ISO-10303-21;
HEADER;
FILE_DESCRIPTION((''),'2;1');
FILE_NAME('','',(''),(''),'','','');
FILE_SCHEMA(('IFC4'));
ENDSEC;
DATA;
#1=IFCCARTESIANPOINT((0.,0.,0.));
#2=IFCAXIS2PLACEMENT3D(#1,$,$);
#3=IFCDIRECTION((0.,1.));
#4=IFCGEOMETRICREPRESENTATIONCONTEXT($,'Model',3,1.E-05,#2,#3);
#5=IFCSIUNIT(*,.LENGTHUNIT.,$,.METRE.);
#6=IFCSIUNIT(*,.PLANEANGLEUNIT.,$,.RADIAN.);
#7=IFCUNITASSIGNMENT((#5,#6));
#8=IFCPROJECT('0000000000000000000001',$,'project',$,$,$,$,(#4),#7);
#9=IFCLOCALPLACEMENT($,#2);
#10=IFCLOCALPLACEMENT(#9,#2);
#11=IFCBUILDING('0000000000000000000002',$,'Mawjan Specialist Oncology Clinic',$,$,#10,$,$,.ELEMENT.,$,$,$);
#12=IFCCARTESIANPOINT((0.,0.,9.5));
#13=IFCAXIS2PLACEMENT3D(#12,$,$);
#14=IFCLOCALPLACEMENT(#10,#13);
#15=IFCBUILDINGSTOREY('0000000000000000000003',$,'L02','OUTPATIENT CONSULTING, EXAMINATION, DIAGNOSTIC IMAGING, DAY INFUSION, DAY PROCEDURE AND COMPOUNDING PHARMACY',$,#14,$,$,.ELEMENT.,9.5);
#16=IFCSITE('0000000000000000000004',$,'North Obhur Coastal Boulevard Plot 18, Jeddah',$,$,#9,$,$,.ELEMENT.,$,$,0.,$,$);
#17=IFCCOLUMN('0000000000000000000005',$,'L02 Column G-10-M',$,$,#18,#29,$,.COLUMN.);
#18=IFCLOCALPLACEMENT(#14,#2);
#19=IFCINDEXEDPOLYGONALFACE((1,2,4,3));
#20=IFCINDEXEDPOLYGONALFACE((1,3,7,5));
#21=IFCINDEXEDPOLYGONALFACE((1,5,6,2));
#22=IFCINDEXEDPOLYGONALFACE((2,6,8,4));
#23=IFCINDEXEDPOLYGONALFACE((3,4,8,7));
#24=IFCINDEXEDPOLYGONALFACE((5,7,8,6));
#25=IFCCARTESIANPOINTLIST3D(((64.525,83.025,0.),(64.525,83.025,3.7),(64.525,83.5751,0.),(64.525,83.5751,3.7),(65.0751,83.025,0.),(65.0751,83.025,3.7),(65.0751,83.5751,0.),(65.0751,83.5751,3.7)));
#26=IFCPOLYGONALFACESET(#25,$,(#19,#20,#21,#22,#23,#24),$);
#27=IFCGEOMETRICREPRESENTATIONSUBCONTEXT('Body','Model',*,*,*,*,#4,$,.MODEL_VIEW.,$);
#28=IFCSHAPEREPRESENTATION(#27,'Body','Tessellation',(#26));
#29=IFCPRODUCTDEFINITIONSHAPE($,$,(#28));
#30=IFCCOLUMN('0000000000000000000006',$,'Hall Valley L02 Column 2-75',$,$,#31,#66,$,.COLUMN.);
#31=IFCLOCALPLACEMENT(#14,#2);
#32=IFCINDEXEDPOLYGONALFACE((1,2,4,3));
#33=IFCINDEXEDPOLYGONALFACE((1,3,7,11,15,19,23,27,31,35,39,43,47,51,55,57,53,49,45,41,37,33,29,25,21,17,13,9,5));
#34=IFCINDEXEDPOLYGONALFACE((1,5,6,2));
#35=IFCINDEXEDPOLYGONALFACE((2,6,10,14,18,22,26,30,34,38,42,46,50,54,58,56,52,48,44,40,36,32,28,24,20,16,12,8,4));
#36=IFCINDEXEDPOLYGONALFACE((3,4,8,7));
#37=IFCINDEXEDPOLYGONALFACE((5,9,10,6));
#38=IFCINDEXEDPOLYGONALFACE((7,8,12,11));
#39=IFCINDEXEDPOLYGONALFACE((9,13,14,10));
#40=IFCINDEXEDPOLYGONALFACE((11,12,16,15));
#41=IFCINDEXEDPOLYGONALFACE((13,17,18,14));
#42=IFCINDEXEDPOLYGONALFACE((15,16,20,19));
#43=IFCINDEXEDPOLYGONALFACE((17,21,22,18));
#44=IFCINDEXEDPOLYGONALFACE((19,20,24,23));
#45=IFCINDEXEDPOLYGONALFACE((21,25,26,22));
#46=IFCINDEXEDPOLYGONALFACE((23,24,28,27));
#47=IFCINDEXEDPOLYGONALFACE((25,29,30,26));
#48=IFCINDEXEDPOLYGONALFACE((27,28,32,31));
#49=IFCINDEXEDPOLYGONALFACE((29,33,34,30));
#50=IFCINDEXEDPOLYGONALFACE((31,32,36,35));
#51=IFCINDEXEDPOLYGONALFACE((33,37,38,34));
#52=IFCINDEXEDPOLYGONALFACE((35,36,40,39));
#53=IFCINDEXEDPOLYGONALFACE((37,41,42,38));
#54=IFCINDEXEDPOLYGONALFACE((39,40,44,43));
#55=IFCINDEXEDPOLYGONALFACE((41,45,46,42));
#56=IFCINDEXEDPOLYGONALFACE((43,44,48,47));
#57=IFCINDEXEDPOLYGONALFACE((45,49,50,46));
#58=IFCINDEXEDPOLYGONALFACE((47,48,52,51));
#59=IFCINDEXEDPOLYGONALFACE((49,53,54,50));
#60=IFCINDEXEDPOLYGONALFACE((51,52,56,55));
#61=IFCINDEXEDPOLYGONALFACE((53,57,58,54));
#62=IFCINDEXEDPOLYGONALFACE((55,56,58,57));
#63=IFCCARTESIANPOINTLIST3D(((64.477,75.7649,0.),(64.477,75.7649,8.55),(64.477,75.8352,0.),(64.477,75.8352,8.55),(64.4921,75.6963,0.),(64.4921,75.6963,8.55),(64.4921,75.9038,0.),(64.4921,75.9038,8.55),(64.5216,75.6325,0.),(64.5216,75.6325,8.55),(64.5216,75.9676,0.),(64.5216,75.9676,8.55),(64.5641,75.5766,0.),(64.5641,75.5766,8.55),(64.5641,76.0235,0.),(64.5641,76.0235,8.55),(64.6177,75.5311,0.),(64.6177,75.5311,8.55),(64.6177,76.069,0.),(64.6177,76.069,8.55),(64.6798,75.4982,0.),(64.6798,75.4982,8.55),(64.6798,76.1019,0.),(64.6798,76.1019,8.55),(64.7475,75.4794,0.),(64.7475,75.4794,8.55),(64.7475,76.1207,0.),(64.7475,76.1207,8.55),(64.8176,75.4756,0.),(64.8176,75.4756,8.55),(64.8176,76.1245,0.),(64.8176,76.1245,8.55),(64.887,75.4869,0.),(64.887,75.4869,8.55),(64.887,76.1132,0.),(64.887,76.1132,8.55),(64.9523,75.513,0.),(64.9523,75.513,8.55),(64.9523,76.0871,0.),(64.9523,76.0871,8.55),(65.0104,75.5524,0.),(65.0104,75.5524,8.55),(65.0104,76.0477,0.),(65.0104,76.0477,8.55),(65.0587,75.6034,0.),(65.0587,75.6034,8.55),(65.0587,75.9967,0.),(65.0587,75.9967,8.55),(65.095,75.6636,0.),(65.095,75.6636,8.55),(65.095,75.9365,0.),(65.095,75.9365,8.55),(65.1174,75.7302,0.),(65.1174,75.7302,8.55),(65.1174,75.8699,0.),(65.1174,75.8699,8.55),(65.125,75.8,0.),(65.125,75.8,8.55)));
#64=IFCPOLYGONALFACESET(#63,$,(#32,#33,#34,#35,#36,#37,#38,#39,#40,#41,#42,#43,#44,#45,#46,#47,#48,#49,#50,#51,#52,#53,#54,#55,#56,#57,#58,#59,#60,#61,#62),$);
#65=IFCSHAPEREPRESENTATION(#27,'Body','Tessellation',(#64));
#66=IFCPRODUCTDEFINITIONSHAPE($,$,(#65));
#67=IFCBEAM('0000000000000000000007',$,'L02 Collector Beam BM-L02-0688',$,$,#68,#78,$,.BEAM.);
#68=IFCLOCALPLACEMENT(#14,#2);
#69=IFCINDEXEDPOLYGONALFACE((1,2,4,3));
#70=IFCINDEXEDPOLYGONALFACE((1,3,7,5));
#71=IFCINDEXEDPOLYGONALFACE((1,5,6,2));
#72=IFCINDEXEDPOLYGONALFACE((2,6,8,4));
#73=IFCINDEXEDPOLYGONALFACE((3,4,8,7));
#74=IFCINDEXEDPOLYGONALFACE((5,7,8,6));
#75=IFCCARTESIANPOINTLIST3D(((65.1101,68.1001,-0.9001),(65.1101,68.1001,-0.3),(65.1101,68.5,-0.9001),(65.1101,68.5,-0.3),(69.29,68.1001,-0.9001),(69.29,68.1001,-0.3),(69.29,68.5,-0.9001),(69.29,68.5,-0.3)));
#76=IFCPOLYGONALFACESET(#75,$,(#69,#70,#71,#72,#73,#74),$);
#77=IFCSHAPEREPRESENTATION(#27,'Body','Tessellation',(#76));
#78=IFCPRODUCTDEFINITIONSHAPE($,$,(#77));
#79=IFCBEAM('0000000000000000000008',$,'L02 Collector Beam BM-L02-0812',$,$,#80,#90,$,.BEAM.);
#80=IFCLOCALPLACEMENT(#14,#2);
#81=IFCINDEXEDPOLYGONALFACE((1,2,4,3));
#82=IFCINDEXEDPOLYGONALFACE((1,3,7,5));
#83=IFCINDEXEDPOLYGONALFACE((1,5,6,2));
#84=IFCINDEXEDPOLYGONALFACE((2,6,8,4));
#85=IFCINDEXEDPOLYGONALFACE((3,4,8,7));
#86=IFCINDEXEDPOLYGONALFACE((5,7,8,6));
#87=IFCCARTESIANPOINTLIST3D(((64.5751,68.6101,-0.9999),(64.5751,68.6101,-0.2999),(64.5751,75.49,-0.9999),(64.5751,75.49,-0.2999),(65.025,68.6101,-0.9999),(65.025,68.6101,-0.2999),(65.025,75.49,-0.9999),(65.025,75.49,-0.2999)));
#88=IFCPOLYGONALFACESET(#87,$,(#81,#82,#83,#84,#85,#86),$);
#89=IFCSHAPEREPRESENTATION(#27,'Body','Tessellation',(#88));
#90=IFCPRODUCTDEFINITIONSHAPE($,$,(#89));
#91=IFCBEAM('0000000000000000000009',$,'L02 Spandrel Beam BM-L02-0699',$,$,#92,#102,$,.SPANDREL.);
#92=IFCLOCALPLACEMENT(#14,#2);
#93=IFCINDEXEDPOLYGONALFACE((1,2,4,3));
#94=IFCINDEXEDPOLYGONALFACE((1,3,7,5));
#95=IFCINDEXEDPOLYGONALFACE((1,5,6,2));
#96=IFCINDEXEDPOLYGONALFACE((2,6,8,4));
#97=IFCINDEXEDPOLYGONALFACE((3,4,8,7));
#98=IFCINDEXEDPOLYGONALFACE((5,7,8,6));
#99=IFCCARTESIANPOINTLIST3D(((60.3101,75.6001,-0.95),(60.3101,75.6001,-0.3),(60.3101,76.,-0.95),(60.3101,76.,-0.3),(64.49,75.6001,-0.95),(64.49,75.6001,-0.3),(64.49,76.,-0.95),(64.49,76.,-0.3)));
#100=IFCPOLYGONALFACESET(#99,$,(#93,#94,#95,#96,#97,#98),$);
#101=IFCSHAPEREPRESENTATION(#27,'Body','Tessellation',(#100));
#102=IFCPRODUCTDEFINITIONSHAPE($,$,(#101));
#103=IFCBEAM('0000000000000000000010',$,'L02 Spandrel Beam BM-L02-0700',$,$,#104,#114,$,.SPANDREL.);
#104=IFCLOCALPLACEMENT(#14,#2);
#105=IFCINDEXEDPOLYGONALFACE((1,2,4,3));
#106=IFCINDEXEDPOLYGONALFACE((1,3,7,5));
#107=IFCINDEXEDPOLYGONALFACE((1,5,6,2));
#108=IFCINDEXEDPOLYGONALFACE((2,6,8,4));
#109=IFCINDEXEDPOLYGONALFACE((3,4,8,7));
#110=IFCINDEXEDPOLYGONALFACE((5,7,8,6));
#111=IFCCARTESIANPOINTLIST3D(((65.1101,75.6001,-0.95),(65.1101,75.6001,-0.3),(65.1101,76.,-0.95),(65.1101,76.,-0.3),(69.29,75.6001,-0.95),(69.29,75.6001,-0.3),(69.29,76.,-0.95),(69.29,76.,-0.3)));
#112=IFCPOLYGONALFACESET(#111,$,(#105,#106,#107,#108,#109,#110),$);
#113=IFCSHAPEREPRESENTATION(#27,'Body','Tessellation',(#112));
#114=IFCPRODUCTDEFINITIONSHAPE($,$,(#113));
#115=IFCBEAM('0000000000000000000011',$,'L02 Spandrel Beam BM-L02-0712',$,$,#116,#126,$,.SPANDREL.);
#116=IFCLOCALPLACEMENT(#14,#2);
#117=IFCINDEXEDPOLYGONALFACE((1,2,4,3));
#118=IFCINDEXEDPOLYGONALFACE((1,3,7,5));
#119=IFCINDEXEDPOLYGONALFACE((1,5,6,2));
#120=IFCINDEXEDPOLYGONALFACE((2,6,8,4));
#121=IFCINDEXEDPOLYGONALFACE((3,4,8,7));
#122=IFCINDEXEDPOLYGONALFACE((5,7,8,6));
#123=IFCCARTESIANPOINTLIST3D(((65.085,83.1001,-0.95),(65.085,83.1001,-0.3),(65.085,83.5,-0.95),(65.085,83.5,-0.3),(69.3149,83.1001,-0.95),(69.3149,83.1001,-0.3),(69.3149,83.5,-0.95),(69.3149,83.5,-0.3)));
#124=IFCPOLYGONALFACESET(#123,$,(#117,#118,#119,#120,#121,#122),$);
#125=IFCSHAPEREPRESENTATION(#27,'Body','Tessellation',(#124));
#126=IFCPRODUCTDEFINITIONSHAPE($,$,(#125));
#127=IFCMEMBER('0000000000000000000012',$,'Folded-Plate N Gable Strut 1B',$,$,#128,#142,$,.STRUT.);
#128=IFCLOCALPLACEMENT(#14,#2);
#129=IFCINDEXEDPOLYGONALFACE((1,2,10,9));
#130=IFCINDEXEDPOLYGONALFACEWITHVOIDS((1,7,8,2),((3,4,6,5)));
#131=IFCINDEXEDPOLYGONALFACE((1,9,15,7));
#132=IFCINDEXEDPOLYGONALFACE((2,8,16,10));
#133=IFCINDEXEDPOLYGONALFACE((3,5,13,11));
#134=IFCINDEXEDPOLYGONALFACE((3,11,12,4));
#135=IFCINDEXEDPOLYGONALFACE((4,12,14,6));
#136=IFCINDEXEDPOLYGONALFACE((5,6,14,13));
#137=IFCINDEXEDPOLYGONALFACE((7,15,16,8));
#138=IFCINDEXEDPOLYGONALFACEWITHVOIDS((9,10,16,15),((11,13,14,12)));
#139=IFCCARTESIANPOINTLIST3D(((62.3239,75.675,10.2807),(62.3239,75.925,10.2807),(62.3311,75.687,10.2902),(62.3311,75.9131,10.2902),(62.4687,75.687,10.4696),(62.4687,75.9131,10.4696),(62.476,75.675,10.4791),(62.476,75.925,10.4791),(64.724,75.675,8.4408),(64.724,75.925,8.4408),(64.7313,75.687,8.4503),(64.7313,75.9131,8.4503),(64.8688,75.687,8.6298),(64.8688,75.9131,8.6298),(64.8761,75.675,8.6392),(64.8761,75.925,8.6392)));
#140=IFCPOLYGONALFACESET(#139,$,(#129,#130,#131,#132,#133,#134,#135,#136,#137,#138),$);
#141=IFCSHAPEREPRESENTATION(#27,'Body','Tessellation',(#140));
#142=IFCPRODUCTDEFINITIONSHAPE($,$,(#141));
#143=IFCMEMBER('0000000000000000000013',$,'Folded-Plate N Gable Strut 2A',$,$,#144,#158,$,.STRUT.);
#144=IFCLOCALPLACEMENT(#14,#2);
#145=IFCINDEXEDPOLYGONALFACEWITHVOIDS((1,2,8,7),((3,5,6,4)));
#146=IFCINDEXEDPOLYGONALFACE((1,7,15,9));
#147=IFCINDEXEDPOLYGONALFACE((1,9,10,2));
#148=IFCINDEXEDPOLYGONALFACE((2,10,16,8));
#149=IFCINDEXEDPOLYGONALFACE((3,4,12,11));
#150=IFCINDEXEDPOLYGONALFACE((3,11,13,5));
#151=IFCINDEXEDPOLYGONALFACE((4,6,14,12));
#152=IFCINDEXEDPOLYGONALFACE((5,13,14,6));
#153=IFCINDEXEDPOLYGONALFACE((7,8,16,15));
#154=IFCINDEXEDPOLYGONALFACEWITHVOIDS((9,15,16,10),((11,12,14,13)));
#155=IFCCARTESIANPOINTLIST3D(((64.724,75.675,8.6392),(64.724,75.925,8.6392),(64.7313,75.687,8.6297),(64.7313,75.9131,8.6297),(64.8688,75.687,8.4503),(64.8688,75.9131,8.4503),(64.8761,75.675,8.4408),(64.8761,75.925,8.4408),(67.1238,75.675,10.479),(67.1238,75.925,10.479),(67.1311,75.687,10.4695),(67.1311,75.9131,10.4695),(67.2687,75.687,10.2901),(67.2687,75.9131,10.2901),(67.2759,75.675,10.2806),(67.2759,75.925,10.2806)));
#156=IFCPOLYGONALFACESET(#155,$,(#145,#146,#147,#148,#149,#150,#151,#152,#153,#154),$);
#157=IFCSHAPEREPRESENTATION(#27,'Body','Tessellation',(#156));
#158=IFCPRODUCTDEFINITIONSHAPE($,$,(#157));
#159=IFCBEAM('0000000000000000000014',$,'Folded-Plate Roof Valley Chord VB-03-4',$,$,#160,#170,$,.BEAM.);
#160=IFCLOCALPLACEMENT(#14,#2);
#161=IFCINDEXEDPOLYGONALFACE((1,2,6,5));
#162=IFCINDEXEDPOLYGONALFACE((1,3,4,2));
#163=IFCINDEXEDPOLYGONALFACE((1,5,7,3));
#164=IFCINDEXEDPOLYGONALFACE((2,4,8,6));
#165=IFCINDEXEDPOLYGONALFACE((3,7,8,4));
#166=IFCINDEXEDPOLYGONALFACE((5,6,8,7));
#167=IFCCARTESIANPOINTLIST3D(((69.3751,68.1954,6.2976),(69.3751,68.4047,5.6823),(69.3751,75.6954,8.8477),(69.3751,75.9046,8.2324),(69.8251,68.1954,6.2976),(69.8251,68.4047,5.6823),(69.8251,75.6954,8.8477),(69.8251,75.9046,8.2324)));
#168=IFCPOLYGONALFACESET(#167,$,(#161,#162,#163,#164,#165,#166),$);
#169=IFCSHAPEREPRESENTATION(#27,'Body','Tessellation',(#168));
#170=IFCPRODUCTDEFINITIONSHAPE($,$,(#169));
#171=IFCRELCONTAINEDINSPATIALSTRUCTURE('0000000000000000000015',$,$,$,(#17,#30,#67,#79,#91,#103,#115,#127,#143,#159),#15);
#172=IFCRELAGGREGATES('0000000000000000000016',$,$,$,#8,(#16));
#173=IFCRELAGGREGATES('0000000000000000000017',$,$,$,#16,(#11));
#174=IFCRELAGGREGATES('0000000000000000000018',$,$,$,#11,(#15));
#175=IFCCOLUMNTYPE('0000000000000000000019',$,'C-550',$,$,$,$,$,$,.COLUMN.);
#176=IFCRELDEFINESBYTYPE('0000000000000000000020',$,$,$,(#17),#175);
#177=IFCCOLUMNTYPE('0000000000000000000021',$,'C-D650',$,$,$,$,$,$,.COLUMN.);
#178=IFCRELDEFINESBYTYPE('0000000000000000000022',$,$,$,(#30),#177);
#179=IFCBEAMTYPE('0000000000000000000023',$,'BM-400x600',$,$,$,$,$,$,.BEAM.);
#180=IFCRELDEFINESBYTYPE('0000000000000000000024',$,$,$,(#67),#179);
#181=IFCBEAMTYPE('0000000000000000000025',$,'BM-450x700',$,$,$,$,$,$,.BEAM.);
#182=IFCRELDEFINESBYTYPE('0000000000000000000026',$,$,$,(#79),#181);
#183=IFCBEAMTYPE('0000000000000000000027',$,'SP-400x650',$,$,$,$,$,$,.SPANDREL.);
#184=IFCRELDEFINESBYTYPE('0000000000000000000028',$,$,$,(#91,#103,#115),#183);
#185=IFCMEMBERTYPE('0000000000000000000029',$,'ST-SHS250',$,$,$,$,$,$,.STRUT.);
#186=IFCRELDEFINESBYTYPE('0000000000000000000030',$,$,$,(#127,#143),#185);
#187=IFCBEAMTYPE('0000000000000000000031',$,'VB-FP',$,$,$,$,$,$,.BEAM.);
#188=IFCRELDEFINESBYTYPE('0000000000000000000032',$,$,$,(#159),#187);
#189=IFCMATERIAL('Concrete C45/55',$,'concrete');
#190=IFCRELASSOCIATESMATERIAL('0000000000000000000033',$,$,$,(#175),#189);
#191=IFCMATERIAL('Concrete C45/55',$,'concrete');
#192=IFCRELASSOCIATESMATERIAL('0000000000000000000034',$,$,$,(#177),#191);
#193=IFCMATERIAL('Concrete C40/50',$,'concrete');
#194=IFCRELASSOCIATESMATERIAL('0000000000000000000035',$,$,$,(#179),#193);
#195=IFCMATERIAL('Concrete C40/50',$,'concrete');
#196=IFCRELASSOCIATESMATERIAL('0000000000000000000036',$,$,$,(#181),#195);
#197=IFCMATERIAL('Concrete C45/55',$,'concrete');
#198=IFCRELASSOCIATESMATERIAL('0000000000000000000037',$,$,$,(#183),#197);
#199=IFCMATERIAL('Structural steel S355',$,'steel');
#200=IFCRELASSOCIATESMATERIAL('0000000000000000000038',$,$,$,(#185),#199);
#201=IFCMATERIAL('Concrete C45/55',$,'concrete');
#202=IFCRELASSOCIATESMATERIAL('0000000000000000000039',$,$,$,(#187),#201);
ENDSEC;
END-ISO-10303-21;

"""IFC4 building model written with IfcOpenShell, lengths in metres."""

from ifc_helpers import new_model, si_unit, direction, frame, origin, origin_2d, place, context, subcontext, project, spatial, rectangle, hollow_rectangle, circle, extrude, material, material_profile, profile_set, type_object, element, save


model = new_model("IFC4")

# Units and contexts
model_context = context("Model", 3, precision=1e-05, world=origin(), true_north=direction((0.0, 1.0)))
body_context = subcontext(model_context, "Body", "Model", "MODEL_VIEW")
ifc_project = project(units=[si_unit("LENGTHUNIT", "METRE"), si_unit("PLANEANGLEUNIT", "RADIAN")], contexts=[model_context])

# Site, building, storey
site_placement = place(None, origin())
site = spatial("IfcSite", under=ifc_project, at=site_placement, Name="North Obhur Coastal Boulevard Plot 18, Jeddah", CompositionType="ELEMENT", RefElevation=0.0)
building_placement = place(site_placement, origin())
building = spatial("IfcBuilding", under=site, at=building_placement, Name="Mawjan Specialist Oncology Clinic", CompositionType="ELEMENT")
storey_placement = place(building_placement, frame((0.0, 0.0, 9.5)))
storey = spatial("IfcBuildingStorey", under=building, at=storey_placement, Name="L02", Description="OUTPATIENT CONSULTING, EXAMINATION, DIAGNOSTIC IMAGING, DAY INFUSION, DAY PROCEDURE AND COMPOUNDING PHARMACY", CompositionType="ELEMENT", Elevation=9.5)

# Columns
ifc_material_1 = material(Name="Concrete C45/55", Category="concrete")
ifc_material_profile_1 = material_profile(ifc_material_1, rectangle(XDim=0.55, YDim=0.55, at=origin_2d()), Name="RC COL 550x550", Category="concrete")
ifc_profile_set_1 = profile_set([ifc_material_profile_1], Name="Concrete C45/55")
column_type_1 = type_object("IfcColumnType", Name="C-550", PredefinedType="COLUMN", material=ifc_profile_set_1)
column_1_placement = place(storey_placement, frame((64.8, 83.3, 0.0), z_axis=(0.0, 0.0, 1.0), x_axis=(1.0, 0.0, 0.0)))
element("IfcColumn", 1, at=column_1_placement, inside=storey, type_object=column_type_1, Name="L02 Column G-10-M", PredefinedType="COLUMN", context=body_context, shape_type="SweptSolid", body=[
    extrude(rectangle(XDim=0.55, YDim=0.55, at=origin_2d()), origin(), (0.0, 0.0, 1.0), 3.7),
])
ifc_material_2 = material(Name="Concrete C45/55", Category="concrete")
ifc_material_profile_2 = material_profile(ifc_material_2, circle(Radius=0.325, at=origin_2d()), Name="RC COL D650", Category="concrete")
ifc_profile_set_2 = profile_set([ifc_material_profile_2], Name="Concrete C45/55")
column_type_2 = type_object("IfcColumnType", Name="C-D650", PredefinedType="COLUMN", material=ifc_profile_set_2)
column_2_placement = place(storey_placement, frame((64.8, 75.8, 0.0), z_axis=(0.0, 0.0, 1.0), x_axis=(1.0, 0.0, 0.0)))
element("IfcColumn", 2, at=column_2_placement, inside=storey, type_object=column_type_2, Name="Hall Valley L02 Column 2-75", PredefinedType="COLUMN", context=body_context, shape_type="SweptSolid", body=[
    extrude(circle(Radius=0.325, at=origin_2d()), origin(), (0.0, 0.0, 1.0), 8.55),
])

# Beams
ifc_material_3 = material(Name="Concrete C40/50", Category="concrete")
ifc_material_profile_3 = material_profile(ifc_material_3, rectangle(XDim=0.3999, YDim=0.6001, at=origin_2d()), Name="RC BM 400x600", Category="concrete")
ifc_profile_set_3 = profile_set([ifc_material_profile_3], Name="Concrete C40/50")
beam_type_1 = type_object("IfcBeamType", Name="BM-400x600", PredefinedType="BEAM", material=ifc_profile_set_3)
beam_1_placement = place(storey_placement, frame((65.1101, 68.3, -0.6001), z_axis=(1.0, 0.0, 0.0), x_axis=(0.0, 1.0, 0.0)))
element("IfcBeam", 3, at=beam_1_placement, inside=storey, type_object=beam_type_1, Name="L02 Collector Beam BM-L02-0688", PredefinedType="BEAM", context=body_context, shape_type="SweptSolid", body=[
    extrude(rectangle(XDim=0.3999, YDim=0.6001, at=origin_2d()), origin(), (0.0, 0.0, 1.0), 4.1799),
])
ifc_material_4 = material(Name="Concrete C40/50", Category="concrete")
ifc_material_profile_4 = material_profile(ifc_material_4, rectangle(XDim=0.45, YDim=0.7, at=origin_2d()), Name="RC BM 450x700", Category="concrete")
ifc_profile_set_4 = profile_set([ifc_material_profile_4], Name="Concrete C40/50")
beam_type_2 = type_object("IfcBeamType", Name="BM-450x700", PredefinedType="BEAM", material=ifc_profile_set_4)
beam_2_placement = place(storey_placement, frame((64.8, 68.6101, -0.6499), z_axis=(0.0, 1.0, 0.0), x_axis=(-1.0, 0.0, 0.0)))
element("IfcBeam", 4, at=beam_2_placement, inside=storey, type_object=beam_type_2, Name="L02 Collector Beam BM-L02-0812", PredefinedType="BEAM", context=body_context, shape_type="SweptSolid", body=[
    extrude(rectangle(XDim=0.45, YDim=0.7, at=origin_2d()), origin(), (0.0, 0.0, 1.0), 6.8799),
])
ifc_material_5 = material(Name="Concrete C45/55", Category="concrete")
ifc_material_profile_5 = material_profile(ifc_material_5, rectangle(XDim=0.3999, YDim=0.6499, at=origin_2d()), Name="RC BM 400x650", Category="concrete")
ifc_profile_set_5 = profile_set([ifc_material_profile_5], Name="Concrete C45/55")
beam_type_3 = type_object("IfcBeamType", Name="SP-400x650", PredefinedType="SPANDREL", material=ifc_profile_set_5)
for number, where, z_axis, x_axis, name in (
    (5, (60.3101, 75.8, -0.625), (1.0, 0.0, 0.0), (0.0, 1.0, 0.0), "L02 Spandrel Beam BM-L02-0699"),
    (6, (65.1101, 75.8, -0.625), (1.0, 0.0, 0.0), (0.0, 1.0, 0.0), "L02 Spandrel Beam BM-L02-0700"),
):
    element("IfcBeam", number, at=place(storey_placement, frame(where, z_axis=z_axis, x_axis=x_axis)), inside=storey, type_object=beam_type_3, Name=name, PredefinedType="SPANDREL", context=body_context, shape_type="SweptSolid", body=[
        extrude(rectangle(XDim=0.3999, YDim=0.6499, at=origin_2d()), origin(), (0.0, 0.0, 1.0), 4.1799),
    ])
beam_3_placement = place(storey_placement, frame((65.085, 83.3, -0.625), z_axis=(1.0, 0.0, 0.0), x_axis=(0.0, 1.0, 0.0)))
element("IfcBeam", 7, at=beam_3_placement, inside=storey, type_object=beam_type_3, Name="L02 Spandrel Beam BM-L02-0712", PredefinedType="SPANDREL", context=body_context, shape_type="SweptSolid", body=[
    extrude(rectangle(XDim=0.3999, YDim=0.6499, at=origin_2d()), origin(), (0.0, 0.0, 1.0), 4.23),
])

# Members
ifc_material_6 = material(Name="Structural steel S355", Category="steel")
ifc_material_profile_6 = material_profile(ifc_material_6, hollow_rectangle(XDim=0.25, YDim=0.25, WallThickness=0.012, at=origin_2d()), Name="SHS 250x250x12", Category="steel")
ifc_profile_set_6 = profile_set([ifc_material_profile_6], Name="Structural steel S355")
member_type = type_object("IfcMemberType", Name="ST-SHS250", PredefinedType="STRUT", material=ifc_profile_set_6)
member_1_placement = place(storey_placement, frame((64.8, 75.8, 8.54), z_axis=(-0.793649, 0.0, 0.608376), x_axis=(0.0, -1.0, 0.0)))
element("IfcMember", 8, at=member_1_placement, inside=storey, type_object=member_type, Name="Folded-Plate N Gable Strut 1B", PredefinedType="STRUT", context=body_context, shape_type="SweptSolid", body=[
    extrude(hollow_rectangle(XDim=0.25, YDim=0.25, WallThickness=0.012, at=origin_2d()), origin(), (0.0, 0.0, 1.0), 3.0242),
])
member_2_placement = place(storey_placement, frame((64.8, 75.8, 8.54), z_axis=(0.793619, 0.0, 0.608415), x_axis=(0.0, 1.0, 0.0)))
element("IfcMember", 9, at=member_2_placement, inside=storey, type_object=member_type, Name="Folded-Plate N Gable Strut 2A", PredefinedType="STRUT", context=body_context, shape_type="SweptSolid", body=[
    extrude(hollow_rectangle(XDim=0.25, YDim=0.25, WallThickness=0.012, at=origin_2d()), origin(), (0.0, 0.0, 1.0), 3.0239),
])

# Beam
ifc_material_7 = material(Name="Concrete C45/55", Category="concrete")
ifc_material_profile_7 = material_profile(ifc_material_7, rectangle(XDim=0.45, YDim=0.6499, at=origin_2d()), Name="RC VALLEY 450x650", Category="concrete")
ifc_profile_set_7 = profile_set([ifc_material_profile_7], Name="Concrete C45/55")
beam_type_4 = type_object("IfcBeamType", Name="VB-FP", PredefinedType="BEAM", material=ifc_profile_set_7)
beam_4_placement = place(storey_placement, frame((69.6001, 68.3, 5.99), z_axis=(0.0, 0.946771, 0.321908), x_axis=(-1.0, 0.0, 0.0)))
element("IfcBeam", 10, at=beam_4_placement, inside=storey, type_object=beam_type_4, Name="Folded-Plate Roof Valley Chord VB-03-4", PredefinedType="BEAM", context=body_context, shape_type="SweptSolid", body=[
    extrude(rectangle(XDim=0.45, YDim=0.6499, at=origin_2d()), origin(), (0.0, 0.0, 1.0), 7.9216),
])

save(model, "model.ifc")
